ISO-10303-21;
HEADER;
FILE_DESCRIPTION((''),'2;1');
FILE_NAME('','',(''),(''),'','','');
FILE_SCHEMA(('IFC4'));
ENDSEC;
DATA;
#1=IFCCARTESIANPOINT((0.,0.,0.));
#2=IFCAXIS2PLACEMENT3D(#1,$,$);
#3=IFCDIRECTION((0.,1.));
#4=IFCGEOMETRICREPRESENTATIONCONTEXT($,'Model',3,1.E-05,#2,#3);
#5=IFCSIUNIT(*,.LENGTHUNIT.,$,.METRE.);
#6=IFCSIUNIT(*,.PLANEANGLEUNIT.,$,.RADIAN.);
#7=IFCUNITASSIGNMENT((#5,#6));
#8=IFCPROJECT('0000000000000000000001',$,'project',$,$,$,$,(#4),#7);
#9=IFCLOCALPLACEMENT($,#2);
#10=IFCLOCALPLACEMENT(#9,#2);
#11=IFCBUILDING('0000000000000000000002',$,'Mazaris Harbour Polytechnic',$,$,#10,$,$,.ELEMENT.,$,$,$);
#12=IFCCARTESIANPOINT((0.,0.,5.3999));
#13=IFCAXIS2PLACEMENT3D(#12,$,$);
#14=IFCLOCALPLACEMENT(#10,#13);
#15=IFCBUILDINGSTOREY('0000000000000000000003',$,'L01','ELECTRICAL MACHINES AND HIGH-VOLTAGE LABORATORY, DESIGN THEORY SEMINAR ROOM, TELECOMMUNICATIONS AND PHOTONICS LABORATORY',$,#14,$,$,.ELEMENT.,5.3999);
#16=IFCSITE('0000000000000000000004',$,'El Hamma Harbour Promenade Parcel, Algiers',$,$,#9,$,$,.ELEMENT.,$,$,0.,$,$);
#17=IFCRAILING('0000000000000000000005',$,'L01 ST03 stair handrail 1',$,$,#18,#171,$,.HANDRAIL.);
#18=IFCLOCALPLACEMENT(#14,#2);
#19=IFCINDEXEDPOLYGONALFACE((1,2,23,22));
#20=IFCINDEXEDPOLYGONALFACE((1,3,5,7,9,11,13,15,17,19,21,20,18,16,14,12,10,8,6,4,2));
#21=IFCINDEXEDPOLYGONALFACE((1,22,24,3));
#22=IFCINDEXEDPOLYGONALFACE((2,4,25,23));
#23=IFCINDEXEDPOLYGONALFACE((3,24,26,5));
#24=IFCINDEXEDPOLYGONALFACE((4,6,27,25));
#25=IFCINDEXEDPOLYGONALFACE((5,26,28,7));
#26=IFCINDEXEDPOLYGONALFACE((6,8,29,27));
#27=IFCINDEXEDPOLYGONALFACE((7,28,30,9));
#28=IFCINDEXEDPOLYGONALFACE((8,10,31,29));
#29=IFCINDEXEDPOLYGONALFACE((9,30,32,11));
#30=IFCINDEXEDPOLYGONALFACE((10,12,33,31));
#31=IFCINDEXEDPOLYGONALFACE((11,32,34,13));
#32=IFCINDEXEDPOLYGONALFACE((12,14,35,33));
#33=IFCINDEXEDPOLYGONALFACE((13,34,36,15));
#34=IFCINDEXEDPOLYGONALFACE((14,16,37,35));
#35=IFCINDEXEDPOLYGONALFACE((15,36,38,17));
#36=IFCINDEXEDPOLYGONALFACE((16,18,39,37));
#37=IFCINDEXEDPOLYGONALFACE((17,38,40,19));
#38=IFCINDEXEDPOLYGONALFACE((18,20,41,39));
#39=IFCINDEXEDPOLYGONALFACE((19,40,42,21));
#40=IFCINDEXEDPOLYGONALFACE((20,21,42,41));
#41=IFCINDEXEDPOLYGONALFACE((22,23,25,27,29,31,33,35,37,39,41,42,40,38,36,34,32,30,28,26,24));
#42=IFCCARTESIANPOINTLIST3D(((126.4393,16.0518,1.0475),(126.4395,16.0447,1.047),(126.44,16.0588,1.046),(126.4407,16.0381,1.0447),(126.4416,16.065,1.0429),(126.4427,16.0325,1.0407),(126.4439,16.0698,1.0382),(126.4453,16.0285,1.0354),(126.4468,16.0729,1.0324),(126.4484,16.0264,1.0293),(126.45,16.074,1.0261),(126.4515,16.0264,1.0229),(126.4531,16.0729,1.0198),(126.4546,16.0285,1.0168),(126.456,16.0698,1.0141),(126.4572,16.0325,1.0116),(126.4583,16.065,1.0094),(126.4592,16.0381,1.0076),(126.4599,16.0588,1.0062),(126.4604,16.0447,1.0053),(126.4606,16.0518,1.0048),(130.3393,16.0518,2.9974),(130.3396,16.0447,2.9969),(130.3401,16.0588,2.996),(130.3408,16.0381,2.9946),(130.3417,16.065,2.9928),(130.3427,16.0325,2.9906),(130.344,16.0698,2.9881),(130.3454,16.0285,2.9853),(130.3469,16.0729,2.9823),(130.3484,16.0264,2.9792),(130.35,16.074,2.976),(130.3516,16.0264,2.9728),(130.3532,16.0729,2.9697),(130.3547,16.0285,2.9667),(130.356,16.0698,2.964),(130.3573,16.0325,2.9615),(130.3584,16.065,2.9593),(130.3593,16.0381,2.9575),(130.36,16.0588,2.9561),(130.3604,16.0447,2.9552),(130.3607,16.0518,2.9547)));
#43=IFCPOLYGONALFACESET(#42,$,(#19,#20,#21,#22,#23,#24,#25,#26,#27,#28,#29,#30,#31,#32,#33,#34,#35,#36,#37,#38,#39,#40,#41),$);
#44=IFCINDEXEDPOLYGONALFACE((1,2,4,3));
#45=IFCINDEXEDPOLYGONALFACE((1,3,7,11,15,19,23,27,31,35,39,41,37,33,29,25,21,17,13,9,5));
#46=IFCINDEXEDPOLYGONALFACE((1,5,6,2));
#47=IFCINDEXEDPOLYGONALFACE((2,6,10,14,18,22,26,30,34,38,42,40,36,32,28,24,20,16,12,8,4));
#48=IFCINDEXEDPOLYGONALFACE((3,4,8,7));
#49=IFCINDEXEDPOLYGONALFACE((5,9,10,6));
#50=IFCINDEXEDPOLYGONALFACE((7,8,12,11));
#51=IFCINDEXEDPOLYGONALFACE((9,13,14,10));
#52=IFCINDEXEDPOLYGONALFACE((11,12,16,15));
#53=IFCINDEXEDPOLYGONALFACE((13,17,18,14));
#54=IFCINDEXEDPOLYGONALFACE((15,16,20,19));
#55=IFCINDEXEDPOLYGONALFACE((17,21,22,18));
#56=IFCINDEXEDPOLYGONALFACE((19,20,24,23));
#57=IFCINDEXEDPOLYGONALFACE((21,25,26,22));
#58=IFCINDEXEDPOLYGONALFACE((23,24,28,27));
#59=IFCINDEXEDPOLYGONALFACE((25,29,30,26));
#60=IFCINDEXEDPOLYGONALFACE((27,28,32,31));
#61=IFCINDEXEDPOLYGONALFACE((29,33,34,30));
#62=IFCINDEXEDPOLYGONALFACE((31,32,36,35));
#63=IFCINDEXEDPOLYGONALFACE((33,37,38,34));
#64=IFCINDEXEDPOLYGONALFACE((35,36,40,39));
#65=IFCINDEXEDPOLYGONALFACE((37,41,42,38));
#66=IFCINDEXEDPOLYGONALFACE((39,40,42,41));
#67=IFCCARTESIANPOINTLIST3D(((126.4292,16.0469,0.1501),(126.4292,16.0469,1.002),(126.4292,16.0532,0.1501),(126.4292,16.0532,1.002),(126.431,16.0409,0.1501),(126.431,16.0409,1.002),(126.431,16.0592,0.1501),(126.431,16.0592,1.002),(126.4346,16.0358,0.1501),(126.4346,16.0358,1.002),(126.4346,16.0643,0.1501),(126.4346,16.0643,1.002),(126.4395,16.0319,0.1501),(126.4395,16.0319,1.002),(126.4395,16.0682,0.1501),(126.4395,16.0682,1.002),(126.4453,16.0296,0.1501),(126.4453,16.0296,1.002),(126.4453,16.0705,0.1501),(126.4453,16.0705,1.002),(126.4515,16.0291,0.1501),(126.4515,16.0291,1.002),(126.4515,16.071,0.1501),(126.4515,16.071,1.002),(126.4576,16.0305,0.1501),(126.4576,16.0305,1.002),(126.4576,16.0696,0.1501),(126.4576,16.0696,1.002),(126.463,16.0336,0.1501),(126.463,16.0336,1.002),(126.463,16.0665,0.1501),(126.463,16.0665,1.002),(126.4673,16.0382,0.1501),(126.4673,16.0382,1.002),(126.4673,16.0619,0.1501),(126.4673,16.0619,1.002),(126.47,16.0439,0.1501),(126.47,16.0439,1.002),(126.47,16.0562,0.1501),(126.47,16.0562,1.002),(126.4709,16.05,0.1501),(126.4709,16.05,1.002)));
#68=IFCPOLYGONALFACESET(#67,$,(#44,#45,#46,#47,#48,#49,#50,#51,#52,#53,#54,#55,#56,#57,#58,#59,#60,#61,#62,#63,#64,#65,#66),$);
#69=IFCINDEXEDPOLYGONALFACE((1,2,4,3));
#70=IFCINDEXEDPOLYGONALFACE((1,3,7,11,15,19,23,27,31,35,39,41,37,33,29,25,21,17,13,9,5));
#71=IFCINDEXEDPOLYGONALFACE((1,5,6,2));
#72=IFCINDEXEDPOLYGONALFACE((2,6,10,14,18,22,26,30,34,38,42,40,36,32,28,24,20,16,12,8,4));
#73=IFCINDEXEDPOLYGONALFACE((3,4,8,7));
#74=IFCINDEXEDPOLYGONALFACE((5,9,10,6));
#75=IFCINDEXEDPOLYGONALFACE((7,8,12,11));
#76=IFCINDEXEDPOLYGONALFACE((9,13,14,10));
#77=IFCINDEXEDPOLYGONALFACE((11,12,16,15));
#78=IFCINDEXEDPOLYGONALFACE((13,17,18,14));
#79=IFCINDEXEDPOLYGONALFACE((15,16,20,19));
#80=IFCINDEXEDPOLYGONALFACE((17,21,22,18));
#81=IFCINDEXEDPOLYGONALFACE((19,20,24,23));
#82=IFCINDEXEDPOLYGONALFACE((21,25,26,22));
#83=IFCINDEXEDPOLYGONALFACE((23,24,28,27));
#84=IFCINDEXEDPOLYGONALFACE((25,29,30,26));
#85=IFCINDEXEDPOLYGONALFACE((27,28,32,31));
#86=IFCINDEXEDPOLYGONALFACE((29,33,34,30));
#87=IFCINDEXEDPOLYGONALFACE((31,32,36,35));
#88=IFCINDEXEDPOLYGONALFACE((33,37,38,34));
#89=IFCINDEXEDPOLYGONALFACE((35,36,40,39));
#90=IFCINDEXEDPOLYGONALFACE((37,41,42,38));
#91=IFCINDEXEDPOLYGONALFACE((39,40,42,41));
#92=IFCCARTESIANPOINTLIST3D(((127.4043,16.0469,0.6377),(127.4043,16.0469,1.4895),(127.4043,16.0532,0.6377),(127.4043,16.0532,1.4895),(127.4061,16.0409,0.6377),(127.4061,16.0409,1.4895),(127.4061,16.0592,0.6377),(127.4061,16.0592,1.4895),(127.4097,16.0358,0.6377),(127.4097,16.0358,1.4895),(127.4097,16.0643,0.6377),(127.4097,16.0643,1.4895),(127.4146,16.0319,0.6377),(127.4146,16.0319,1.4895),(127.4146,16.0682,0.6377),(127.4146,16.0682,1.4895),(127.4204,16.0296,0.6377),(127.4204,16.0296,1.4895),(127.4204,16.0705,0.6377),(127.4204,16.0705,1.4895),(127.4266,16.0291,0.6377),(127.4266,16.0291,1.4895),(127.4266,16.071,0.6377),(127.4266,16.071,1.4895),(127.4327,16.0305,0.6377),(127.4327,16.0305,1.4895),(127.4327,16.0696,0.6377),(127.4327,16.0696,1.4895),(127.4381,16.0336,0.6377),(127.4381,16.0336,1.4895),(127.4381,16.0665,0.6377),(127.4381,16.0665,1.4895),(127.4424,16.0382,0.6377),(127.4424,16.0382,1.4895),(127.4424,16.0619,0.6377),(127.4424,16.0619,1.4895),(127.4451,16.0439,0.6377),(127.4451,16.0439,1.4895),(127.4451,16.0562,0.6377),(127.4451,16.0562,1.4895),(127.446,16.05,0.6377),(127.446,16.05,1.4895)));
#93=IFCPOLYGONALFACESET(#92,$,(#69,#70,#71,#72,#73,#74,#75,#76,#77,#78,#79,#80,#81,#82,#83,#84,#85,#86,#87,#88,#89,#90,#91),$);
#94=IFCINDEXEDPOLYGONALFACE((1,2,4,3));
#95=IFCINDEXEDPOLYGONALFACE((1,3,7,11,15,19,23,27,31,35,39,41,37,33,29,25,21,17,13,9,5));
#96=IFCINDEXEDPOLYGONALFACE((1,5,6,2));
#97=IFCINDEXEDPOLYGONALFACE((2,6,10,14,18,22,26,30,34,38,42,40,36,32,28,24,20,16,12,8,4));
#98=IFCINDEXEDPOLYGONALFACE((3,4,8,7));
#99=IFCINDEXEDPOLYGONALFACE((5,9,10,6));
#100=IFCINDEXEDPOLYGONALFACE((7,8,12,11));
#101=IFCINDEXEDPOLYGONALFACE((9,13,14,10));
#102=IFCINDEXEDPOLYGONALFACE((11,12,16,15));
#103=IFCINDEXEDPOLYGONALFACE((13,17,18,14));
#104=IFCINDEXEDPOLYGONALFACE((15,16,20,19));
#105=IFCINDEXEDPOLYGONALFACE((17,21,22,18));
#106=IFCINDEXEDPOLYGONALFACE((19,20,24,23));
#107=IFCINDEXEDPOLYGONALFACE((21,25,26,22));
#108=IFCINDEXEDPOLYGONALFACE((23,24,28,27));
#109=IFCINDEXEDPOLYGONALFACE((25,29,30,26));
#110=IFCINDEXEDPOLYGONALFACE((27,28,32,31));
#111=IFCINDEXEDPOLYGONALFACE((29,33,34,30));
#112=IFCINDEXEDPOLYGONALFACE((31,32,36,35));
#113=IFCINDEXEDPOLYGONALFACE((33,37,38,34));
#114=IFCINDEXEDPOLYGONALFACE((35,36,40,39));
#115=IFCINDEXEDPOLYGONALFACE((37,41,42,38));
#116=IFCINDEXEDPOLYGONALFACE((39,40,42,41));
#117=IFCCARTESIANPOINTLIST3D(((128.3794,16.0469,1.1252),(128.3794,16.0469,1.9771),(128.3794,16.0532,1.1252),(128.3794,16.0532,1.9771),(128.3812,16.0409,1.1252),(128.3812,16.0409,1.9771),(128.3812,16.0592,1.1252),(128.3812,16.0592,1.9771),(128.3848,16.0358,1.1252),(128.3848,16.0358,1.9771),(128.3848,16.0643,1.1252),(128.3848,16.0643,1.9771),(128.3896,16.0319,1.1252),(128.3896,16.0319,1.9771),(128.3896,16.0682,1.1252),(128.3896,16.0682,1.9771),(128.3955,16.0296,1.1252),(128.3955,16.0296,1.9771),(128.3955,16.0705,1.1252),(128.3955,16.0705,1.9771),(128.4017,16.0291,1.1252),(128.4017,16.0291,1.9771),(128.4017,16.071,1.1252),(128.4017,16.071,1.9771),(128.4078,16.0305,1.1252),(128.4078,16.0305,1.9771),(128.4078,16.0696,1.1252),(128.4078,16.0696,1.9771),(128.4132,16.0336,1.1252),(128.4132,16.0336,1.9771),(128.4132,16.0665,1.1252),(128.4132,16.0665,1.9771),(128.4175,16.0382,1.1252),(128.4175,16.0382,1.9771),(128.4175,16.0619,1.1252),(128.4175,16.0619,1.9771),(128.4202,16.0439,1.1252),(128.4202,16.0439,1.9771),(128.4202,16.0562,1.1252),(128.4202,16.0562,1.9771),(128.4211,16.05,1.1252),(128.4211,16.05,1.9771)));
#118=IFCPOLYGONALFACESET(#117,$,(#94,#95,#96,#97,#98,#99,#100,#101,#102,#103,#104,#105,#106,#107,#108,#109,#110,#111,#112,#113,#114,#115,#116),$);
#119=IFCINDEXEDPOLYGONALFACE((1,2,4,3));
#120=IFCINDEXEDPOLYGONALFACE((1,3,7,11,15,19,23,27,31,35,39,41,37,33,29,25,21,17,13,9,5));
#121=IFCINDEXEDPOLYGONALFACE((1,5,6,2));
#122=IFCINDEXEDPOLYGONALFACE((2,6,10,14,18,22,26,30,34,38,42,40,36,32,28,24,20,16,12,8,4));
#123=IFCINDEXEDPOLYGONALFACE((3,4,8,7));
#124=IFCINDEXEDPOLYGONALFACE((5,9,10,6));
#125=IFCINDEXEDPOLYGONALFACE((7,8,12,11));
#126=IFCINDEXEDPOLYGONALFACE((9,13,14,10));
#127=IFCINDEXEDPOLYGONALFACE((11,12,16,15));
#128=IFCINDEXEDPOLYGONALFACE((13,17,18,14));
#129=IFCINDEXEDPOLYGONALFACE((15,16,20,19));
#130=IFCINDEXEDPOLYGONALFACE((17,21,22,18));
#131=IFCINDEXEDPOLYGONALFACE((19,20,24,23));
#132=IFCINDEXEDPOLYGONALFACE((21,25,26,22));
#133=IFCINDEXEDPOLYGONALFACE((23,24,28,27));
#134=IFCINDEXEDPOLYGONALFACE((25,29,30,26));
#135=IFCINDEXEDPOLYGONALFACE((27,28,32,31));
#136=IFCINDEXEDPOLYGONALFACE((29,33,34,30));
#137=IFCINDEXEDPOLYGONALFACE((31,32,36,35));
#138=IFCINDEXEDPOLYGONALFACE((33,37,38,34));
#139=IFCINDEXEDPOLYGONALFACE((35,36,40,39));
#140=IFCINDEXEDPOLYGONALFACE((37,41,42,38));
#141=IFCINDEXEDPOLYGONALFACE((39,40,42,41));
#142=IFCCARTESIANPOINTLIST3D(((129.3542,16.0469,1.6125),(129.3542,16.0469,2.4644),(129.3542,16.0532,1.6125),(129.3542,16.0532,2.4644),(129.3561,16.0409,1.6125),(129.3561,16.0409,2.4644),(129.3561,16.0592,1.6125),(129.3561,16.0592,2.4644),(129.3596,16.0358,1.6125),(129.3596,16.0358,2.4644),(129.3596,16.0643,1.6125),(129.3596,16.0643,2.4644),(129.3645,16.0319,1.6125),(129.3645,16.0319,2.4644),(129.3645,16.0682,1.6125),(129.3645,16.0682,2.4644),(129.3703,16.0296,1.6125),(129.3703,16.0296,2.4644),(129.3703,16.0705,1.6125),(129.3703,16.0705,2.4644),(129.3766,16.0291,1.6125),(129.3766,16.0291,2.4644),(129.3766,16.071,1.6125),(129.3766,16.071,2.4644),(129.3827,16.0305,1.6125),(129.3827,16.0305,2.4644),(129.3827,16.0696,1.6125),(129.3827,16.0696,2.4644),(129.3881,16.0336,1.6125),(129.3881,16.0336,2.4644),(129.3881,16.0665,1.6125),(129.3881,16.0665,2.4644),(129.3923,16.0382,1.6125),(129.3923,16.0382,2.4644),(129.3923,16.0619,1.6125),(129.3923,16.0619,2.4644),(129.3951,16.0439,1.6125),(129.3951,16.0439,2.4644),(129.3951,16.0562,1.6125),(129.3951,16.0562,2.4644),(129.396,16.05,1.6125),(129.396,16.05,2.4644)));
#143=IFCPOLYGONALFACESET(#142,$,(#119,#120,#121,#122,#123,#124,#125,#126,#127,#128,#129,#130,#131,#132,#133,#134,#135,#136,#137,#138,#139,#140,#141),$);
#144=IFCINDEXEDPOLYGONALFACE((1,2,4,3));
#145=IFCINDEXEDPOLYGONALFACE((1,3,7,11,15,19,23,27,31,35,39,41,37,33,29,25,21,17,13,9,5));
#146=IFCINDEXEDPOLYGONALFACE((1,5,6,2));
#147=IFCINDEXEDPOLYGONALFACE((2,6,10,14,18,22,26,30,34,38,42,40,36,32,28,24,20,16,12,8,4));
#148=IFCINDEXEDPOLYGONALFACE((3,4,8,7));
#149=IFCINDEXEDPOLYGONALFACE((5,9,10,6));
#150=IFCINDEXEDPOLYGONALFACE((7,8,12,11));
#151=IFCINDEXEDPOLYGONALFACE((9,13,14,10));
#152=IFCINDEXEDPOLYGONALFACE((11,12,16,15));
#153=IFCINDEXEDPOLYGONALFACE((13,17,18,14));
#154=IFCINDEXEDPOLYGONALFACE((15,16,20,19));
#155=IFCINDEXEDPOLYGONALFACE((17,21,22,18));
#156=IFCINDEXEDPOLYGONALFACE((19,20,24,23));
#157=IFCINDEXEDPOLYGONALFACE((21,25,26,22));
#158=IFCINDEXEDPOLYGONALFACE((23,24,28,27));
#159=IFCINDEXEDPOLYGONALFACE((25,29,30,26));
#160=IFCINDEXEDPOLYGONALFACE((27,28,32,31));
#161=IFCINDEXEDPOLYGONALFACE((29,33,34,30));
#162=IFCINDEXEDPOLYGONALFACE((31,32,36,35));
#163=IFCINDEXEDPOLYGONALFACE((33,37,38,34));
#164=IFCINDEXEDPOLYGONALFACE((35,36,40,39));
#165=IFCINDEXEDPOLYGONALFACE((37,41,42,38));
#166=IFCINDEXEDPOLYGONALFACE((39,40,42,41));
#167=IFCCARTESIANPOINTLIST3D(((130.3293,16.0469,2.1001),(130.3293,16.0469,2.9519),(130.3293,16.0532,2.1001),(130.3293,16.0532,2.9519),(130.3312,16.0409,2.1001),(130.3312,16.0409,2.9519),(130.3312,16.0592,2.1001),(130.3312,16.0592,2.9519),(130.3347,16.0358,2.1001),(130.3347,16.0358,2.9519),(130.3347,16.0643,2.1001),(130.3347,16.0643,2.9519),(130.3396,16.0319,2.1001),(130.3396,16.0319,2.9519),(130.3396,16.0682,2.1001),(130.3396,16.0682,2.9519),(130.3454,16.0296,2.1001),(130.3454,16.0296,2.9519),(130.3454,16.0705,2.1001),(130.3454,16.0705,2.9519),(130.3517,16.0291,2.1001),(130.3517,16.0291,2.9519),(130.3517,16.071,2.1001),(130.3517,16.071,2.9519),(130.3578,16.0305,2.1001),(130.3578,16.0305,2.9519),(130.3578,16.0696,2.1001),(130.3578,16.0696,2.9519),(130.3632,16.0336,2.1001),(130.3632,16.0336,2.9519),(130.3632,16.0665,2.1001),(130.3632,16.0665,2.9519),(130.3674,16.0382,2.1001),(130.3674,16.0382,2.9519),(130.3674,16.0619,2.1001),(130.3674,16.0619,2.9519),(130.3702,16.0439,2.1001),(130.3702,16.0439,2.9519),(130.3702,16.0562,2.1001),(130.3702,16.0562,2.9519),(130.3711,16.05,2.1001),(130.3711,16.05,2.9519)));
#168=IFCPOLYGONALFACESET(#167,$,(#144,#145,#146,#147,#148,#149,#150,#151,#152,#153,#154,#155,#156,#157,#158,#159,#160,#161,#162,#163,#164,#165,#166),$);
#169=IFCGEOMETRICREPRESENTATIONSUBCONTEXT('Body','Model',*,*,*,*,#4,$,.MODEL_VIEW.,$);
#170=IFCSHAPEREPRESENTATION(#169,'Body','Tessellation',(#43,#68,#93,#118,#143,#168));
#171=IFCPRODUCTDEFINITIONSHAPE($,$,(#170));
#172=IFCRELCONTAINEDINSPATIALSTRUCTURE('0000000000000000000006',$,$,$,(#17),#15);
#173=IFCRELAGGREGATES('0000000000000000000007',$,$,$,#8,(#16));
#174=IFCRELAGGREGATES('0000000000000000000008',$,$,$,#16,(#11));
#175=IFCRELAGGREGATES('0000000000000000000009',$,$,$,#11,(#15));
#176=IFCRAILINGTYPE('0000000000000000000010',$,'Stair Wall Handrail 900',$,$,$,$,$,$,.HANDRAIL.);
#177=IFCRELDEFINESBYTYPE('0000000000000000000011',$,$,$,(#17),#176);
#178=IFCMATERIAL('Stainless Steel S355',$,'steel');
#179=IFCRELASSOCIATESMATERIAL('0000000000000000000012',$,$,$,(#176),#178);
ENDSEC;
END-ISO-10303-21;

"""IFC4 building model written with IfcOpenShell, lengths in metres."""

from ifc_helpers import new_model, si_unit, direction, frame, origin, origin_2d, place, context, subcontext, project, spatial, circle, extrude, material, type_object, element, save


model = new_model("IFC4")

# Units and contexts
model_context = context("Model", 3, precision=1e-05, world=origin(), true_north=direction((0.0, 1.0)))
body_context = subcontext(model_context, "Body", "Model", "MODEL_VIEW")
ifc_project = project(units=[si_unit("LENGTHUNIT", "METRE"), si_unit("PLANEANGLEUNIT", "RADIAN")], contexts=[model_context])

# Site, building, storey
site_placement = place(None, origin())
site = spatial("IfcSite", under=ifc_project, at=site_placement, Name="El Hamma Harbour Promenade Parcel, Algiers", CompositionType="ELEMENT", RefElevation=0.0)
building_placement = place(site_placement, origin())
building = spatial("IfcBuilding", under=site, at=building_placement, Name="Mazaris Harbour Polytechnic", CompositionType="ELEMENT")
storey_placement = place(building_placement, frame((0.0, 0.0, 5.3999)))
storey = spatial("IfcBuildingStorey", under=building, at=storey_placement, Name="L01", Description="ELECTRICAL MACHINES AND HIGH-VOLTAGE LABORATORY, DESIGN THEORY SEMINAR ROOM, TELECOMMUNICATIONS AND PHOTONICS LABORATORY", CompositionType="ELEMENT", Elevation=5.3999)

# Railing
ifc_material_1 = material(Name="Stainless Steel S355", Category="steel")
railing_type_1 = type_object("IfcRailingType", Name="Stair Wall Handrail 900", PredefinedType="HANDRAIL", material=ifc_material_1)
railing_1_placement = place(storey_placement, frame((126.45, 16.05, 0.1501)))
element("IfcRailing", 1, at=railing_1_placement, inside=storey, type_object=railing_type_1, Name="L01 ST03 stair handrail 1", PredefinedType="HANDRAIL", context=body_context, shape_type="SweptSolid", body=[
    extrude(circle(Radius=0.0239, at=origin_2d()), frame((0.0, 0.0, 0.876), z_axis=(0.894438, 0.0, 0.447191), x_axis=(0.0, 1.0, 0.0)), (0.0, 0.0, 1.0), 4.3604),
    extrude(circle(Radius=0.021, at=origin_2d()), origin(), (0.0, 0.0, 1.0), 0.8518),
    extrude(circle(Radius=0.021, at=origin_2d()), frame((0.9751, 0.0, 0.4875)), (0.0, 0.0, 1.0), 0.8518),
    extrude(circle(Radius=0.021, at=origin_2d()), frame((1.9502, 0.0, 0.9751)), (0.0, 0.0, 1.0), 0.8518),
    extrude(circle(Radius=0.021, at=origin_2d()), frame((2.925, 0.0, 1.4624)), (0.0, 0.0, 1.0), 0.8518),
    extrude(circle(Radius=0.021, at=origin_2d()), frame((3.9001, 0.0, 1.95)), (0.0, 0.0, 1.0), 0.8518),
])

save(model, "model.ifc")
